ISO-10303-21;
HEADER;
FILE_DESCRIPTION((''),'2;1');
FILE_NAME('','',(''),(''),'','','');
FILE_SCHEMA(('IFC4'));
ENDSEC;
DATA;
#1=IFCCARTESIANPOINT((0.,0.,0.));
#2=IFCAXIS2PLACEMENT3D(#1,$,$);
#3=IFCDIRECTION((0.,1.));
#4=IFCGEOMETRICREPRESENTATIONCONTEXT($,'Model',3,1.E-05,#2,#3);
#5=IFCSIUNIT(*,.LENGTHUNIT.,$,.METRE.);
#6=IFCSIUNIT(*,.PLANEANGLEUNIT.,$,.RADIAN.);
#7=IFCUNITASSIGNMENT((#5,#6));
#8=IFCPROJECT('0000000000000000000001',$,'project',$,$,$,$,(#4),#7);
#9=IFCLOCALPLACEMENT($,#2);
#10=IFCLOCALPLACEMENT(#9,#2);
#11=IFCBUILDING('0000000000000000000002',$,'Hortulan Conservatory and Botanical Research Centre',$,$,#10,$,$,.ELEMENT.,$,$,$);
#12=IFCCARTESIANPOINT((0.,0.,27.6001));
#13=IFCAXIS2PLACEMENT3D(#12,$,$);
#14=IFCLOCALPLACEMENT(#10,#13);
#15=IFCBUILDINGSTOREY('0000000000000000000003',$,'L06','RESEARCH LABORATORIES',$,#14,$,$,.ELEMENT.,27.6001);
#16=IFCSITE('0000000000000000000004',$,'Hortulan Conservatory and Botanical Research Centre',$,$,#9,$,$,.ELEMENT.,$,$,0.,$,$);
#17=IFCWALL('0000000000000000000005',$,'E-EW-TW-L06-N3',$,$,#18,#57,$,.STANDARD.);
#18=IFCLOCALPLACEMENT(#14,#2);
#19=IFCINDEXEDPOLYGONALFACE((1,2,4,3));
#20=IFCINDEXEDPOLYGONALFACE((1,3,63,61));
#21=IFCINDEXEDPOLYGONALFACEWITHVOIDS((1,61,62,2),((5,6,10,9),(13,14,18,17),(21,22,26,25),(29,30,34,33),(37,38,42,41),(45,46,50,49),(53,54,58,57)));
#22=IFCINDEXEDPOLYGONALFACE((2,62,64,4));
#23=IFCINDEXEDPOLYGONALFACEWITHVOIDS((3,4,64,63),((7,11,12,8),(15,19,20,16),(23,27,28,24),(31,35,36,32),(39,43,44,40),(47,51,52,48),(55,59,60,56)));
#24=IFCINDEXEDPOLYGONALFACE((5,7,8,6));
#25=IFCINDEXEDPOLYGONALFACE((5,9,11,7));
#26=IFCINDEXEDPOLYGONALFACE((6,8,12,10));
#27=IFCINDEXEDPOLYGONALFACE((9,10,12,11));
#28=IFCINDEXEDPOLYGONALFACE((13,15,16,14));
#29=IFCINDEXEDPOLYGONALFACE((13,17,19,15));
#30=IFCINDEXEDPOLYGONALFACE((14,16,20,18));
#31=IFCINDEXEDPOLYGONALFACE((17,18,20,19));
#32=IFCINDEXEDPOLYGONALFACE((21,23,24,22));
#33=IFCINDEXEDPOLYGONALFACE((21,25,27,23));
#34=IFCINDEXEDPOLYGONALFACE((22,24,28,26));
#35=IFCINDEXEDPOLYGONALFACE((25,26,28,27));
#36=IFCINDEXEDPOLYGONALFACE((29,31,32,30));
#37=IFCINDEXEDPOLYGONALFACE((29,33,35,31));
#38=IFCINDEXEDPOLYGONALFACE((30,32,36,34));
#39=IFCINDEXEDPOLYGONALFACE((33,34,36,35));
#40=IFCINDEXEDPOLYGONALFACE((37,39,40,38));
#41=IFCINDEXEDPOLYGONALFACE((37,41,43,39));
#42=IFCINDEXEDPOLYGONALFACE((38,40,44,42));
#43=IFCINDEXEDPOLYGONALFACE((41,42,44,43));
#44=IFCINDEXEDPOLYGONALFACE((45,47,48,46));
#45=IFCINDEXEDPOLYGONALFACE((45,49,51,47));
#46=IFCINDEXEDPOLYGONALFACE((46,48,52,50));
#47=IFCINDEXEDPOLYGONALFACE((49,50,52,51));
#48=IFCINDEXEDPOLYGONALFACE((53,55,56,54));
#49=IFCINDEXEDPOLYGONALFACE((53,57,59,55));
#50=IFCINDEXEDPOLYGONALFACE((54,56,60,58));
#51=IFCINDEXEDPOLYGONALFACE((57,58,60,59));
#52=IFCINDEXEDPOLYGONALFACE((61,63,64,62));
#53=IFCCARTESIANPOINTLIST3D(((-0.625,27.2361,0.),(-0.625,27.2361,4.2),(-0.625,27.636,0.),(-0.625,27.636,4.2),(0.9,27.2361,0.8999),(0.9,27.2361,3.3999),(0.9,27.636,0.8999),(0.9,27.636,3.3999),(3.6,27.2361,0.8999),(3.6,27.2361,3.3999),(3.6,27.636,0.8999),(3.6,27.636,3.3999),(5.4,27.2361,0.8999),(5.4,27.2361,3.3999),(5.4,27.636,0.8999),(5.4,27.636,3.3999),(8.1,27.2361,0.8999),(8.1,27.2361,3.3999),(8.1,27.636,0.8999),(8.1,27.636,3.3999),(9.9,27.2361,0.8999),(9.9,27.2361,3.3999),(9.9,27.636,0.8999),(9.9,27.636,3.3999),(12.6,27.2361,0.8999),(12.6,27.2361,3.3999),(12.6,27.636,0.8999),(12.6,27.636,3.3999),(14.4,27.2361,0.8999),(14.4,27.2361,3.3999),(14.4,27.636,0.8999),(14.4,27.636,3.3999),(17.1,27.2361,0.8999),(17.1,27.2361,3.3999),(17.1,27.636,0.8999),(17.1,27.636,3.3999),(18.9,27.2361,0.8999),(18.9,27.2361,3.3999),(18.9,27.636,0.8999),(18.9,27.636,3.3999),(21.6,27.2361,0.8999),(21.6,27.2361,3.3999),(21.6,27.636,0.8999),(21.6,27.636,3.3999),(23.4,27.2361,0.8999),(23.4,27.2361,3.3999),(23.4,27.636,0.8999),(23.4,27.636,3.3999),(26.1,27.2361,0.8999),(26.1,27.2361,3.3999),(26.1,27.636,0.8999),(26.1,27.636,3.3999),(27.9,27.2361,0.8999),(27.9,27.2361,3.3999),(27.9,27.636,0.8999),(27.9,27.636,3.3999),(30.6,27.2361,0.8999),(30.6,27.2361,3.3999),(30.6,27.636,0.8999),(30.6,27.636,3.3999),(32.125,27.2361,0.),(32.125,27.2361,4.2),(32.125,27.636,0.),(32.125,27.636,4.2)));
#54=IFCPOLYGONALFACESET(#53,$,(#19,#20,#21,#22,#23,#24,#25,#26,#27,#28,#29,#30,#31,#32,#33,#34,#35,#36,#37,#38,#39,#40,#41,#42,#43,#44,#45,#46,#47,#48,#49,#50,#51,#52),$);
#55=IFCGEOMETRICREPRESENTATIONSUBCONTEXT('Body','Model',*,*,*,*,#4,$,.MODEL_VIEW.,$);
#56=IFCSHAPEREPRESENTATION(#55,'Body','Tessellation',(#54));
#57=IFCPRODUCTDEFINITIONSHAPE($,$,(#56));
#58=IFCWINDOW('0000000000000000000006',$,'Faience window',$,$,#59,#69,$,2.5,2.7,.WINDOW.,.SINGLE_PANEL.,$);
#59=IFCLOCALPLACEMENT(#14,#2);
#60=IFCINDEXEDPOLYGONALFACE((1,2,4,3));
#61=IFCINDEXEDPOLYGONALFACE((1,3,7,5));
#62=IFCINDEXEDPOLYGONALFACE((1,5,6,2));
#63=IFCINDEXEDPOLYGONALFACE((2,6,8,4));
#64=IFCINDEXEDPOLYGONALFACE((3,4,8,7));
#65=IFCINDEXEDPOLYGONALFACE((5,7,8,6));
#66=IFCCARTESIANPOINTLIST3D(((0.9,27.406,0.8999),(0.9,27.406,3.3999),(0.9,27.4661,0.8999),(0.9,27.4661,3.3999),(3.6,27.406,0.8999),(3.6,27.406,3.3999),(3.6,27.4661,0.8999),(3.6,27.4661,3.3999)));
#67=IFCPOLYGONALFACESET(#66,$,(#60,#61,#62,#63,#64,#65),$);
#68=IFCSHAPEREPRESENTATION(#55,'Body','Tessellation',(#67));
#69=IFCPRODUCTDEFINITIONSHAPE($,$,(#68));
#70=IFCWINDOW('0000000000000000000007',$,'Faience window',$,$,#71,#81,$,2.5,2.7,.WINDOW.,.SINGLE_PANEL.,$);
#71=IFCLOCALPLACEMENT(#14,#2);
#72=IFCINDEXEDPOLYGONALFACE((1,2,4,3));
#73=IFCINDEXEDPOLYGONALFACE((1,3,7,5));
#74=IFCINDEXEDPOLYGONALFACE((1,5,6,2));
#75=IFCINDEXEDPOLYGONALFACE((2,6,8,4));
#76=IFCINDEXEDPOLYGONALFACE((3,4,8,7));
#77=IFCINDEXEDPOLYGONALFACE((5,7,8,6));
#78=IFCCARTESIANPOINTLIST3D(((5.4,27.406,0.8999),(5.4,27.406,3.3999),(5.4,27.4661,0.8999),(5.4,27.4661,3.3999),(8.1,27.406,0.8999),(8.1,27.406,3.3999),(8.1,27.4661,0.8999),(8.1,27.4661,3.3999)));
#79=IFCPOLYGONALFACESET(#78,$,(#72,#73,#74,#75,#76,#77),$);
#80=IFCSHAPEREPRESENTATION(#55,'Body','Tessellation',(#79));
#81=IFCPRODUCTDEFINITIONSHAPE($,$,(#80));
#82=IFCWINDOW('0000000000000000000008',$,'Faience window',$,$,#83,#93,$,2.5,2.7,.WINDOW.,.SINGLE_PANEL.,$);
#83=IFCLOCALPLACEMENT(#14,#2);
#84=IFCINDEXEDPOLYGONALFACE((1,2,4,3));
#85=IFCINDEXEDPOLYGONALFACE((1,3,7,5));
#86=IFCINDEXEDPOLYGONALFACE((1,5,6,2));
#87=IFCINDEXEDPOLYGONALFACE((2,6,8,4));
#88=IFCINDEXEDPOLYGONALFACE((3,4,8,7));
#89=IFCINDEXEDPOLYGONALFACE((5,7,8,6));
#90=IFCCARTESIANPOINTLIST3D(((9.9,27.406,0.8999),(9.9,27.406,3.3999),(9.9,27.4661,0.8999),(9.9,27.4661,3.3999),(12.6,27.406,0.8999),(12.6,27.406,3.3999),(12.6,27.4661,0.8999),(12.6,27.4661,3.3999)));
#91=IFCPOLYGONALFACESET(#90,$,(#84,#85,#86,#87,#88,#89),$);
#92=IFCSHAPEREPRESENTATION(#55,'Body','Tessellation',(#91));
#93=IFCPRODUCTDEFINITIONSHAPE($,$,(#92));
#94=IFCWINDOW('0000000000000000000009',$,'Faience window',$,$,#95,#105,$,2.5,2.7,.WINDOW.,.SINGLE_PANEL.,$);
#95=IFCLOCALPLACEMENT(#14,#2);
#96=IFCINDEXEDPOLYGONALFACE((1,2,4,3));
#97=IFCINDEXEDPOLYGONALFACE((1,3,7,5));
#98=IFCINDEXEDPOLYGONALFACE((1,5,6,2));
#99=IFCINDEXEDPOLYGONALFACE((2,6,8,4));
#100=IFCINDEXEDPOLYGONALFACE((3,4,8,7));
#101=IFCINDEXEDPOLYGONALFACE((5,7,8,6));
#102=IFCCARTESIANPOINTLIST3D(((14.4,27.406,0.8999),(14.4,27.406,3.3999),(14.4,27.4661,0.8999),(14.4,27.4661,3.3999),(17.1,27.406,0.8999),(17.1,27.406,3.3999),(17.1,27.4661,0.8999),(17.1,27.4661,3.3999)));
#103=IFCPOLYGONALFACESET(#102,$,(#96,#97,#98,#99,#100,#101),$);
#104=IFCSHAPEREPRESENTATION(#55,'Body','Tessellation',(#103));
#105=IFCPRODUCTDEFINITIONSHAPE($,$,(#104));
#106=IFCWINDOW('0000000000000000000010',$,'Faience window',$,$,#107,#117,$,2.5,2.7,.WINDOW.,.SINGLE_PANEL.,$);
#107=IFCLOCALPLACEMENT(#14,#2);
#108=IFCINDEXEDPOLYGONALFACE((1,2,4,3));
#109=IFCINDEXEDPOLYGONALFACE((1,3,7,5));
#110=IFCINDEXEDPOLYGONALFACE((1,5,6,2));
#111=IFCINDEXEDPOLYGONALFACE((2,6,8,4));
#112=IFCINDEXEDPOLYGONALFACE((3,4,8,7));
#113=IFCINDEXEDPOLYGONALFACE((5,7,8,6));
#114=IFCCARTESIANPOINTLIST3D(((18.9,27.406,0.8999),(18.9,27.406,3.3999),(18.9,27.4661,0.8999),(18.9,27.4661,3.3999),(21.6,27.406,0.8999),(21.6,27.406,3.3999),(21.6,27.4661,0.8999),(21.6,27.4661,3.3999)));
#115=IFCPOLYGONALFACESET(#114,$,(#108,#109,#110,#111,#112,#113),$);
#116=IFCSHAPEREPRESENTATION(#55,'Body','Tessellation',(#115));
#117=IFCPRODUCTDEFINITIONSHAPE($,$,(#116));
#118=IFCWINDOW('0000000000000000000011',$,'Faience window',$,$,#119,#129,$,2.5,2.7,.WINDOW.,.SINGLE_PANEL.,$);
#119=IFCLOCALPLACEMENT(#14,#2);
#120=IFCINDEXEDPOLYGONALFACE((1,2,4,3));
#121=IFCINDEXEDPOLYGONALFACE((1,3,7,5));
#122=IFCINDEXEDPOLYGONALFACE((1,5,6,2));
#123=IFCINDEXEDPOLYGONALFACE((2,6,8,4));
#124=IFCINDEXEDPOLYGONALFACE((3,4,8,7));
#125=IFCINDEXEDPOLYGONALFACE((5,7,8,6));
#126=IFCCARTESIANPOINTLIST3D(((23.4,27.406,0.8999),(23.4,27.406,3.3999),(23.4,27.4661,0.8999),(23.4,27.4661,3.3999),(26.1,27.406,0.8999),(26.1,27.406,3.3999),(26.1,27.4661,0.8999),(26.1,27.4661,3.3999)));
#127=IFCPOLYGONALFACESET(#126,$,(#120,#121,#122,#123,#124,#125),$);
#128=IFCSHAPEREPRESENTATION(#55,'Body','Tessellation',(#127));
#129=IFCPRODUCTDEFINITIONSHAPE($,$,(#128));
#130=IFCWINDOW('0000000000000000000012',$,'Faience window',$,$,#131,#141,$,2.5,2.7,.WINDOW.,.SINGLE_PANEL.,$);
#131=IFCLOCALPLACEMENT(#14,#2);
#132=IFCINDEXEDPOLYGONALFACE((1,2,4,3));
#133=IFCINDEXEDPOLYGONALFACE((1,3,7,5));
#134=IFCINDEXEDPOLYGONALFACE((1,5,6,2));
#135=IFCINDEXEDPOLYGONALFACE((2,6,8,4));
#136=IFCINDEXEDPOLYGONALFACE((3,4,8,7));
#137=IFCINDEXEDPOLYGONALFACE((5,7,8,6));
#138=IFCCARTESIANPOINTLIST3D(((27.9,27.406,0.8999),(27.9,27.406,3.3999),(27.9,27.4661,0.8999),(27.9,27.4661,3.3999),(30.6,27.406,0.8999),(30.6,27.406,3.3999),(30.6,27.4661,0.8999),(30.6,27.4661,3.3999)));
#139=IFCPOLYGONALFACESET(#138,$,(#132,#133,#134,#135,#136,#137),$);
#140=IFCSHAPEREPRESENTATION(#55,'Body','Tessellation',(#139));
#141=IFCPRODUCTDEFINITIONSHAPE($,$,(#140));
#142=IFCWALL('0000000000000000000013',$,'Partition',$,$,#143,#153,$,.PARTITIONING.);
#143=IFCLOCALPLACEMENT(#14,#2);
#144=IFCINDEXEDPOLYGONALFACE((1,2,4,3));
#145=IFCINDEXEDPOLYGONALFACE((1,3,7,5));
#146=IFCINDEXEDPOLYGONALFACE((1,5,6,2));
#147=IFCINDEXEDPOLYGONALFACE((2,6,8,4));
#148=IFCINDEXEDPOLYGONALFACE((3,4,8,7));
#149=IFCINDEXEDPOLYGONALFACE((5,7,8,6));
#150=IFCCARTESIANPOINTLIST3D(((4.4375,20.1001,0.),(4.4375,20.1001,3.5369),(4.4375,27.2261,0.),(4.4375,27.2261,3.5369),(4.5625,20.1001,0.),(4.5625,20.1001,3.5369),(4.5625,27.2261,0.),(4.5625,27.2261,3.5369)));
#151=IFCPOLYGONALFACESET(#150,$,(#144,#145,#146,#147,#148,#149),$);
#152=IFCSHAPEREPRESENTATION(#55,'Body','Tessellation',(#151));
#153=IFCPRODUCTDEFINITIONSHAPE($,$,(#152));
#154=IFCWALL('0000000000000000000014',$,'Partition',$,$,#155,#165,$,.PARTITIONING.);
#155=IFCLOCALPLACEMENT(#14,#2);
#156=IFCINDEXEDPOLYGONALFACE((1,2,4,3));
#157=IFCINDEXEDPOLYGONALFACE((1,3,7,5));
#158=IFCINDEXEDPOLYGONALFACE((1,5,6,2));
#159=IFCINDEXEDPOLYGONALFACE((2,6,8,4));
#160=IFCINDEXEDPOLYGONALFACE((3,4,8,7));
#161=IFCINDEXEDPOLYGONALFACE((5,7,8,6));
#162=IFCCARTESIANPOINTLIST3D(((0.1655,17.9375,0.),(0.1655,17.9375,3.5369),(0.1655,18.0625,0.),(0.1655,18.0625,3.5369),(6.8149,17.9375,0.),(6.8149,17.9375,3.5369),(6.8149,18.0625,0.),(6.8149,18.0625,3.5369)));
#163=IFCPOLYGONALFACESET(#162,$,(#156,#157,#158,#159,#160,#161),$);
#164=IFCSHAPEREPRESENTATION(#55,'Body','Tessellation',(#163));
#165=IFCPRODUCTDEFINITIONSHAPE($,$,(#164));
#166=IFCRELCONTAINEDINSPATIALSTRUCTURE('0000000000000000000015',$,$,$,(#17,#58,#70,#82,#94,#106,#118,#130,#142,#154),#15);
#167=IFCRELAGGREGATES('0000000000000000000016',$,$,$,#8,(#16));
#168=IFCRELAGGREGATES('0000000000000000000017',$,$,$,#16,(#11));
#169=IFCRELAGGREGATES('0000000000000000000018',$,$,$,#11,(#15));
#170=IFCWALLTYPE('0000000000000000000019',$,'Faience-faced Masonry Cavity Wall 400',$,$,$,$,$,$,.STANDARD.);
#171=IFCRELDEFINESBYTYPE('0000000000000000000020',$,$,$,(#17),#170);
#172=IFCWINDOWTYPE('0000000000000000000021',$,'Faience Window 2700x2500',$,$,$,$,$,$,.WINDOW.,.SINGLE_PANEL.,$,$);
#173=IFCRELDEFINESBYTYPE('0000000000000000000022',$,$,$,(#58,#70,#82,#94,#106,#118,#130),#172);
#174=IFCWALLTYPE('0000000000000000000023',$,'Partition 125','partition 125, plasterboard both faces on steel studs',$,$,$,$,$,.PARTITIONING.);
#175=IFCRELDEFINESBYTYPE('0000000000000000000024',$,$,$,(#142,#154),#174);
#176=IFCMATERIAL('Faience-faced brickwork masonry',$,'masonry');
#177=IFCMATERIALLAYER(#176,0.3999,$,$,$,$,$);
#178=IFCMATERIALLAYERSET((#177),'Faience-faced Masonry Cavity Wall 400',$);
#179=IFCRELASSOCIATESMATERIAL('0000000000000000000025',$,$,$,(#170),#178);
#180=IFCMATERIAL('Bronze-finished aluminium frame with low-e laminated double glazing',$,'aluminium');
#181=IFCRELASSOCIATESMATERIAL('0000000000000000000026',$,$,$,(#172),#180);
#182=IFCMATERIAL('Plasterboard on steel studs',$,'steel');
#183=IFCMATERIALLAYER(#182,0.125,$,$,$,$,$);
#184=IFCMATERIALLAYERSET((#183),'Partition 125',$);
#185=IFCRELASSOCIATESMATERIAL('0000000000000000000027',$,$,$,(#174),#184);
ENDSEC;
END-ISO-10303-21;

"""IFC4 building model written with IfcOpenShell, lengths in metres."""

from ifc_helpers import new_model, si_unit, direction, frame, frame_2d, origin, place, context, subcontext, project, spatial, rectangle, extrude, material, layer, layer_set, type_object, element, fill, save


model = new_model("IFC4")

# Units and contexts
model_context = context("Model", 3, precision=1e-05, world=origin(), true_north=direction((0.0, 1.0)))
body_context = subcontext(model_context, "Body", "Model", "MODEL_VIEW")
ifc_project = project(units=[si_unit("LENGTHUNIT", "METRE"), si_unit("PLANEANGLEUNIT", "RADIAN")], contexts=[model_context])

# Site, building, storey
site_placement = place(None, origin())
site = spatial("IfcSite", under=ifc_project, at=site_placement, Name="Hortulan Conservatory and Botanical Research Centre", CompositionType="ELEMENT", RefElevation=0.0)
building_placement = place(site_placement, origin())
building = spatial("IfcBuilding", under=site, at=building_placement, Name="Hortulan Conservatory and Botanical Research Centre", CompositionType="ELEMENT")
storey_placement = place(building_placement, frame((0.0, 0.0, 27.6001)))
storey = spatial("IfcBuildingStorey", under=building, at=storey_placement, Name="L06", Description="RESEARCH LABORATORIES", CompositionType="ELEMENT", Elevation=27.6001)

# Shared definitions
ifc_material_1 = material(Name="Plasterboard on steel studs", Category="steel")

# Wall, openings, windows
ifc_material_2 = material(Name="Faience-faced brickwork masonry", Category="masonry")
ifc_layer_1 = layer(ifc_material_2, 0.3999)
ifc_layer_set_1 = layer_set([ifc_layer_1], Name="Faience-faced Masonry Cavity Wall 400")
wall_type_1 = type_object("IfcWallType", Name="Faience-faced Masonry Cavity Wall 400", PredefinedType="STANDARD", material=ifc_layer_set_1)
wall_1_placement = place(storey_placement, frame((-0.625, 27.436, 0.0), z_axis=(0.0, 0.0, 1.0), x_axis=(1.0, 0.0, 0.0)))
wall_1 = element("IfcWall", 1, at=wall_1_placement, inside=storey, type_object=wall_type_1, Name="E-EW-TW-L06-N3", PredefinedType="STANDARD", context=body_context, shape_type="SweptSolid", body=[
    extrude(rectangle(XDim=32.75, YDim=0.3999, at=frame_2d((16.375, 0.0))), origin(), (0.0, 0.0, 1.0), 4.2),
])
opening_1_placement = place(wall_1_placement, frame((1.5249, 0.0, 0.8999)))
opening_1 = element("IfcOpeningElement", 2, at=opening_1_placement, cuts=wall_1, PredefinedType="OPENING", context=body_context, shape_type="SweptSolid", body=[
    extrude(rectangle(XDim=2.7, YDim=2.5, at=frame_2d((1.3501, 1.25))), frame((0.0, 0.21, 0.0), z_axis=(0.0, -1.0, 0.0), x_axis=(1.0, 0.0, 0.0)), (0.0, 0.0, 1.0), 0.4199),
])
opening_2_placement = place(wall_1_placement, frame((6.0249, 0.0, 0.8999)))
opening_2 = element("IfcOpeningElement", 3, at=opening_2_placement, cuts=wall_1, PredefinedType="OPENING", context=body_context, shape_type="SweptSolid", body=[
    extrude(rectangle(XDim=2.7, YDim=2.5, at=frame_2d((1.3501, 1.25))), frame((0.0, 0.21, 0.0), z_axis=(0.0, -1.0, 0.0), x_axis=(1.0, 0.0, 0.0)), (0.0, 0.0, 1.0), 0.4199),
])
opening_3_placement = place(wall_1_placement, frame((10.5249, 0.0, 0.8999)))
opening_3 = element("IfcOpeningElement", 4, at=opening_3_placement, cuts=wall_1, PredefinedType="OPENING", context=body_context, shape_type="SweptSolid", body=[
    extrude(rectangle(XDim=2.7, YDim=2.5, at=frame_2d((1.3501, 1.25))), frame((0.0, 0.21, 0.0), z_axis=(0.0, -1.0, 0.0), x_axis=(1.0, 0.0, 0.0)), (0.0, 0.0, 1.0), 0.4199),
])
opening_4_placement = place(wall_1_placement, frame((15.0249, 0.0, 0.8999)))
opening_4 = element("IfcOpeningElement", 5, at=opening_4_placement, cuts=wall_1, PredefinedType="OPENING", context=body_context, shape_type="SweptSolid", body=[
    extrude(rectangle(XDim=2.7, YDim=2.5, at=frame_2d((1.3501, 1.25))), frame((0.0, 0.21, 0.0), z_axis=(0.0, -1.0, 0.0), x_axis=(1.0, 0.0, 0.0)), (0.0, 0.0, 1.0), 0.4199),
])
opening_5_placement = place(wall_1_placement, frame((19.5249, 0.0, 0.8999)))
opening_5 = element("IfcOpeningElement", 6, at=opening_5_placement, cuts=wall_1, PredefinedType="OPENING", context=body_context, shape_type="SweptSolid", body=[
    extrude(rectangle(XDim=2.7, YDim=2.5, at=frame_2d((1.3501, 1.25))), frame((0.0, 0.21, 0.0), z_axis=(0.0, -1.0, 0.0), x_axis=(1.0, 0.0, 0.0)), (0.0, 0.0, 1.0), 0.4199),
])
opening_6_placement = place(wall_1_placement, frame((24.0249, 0.0, 0.8999)))
opening_6 = element("IfcOpeningElement", 7, at=opening_6_placement, cuts=wall_1, PredefinedType="OPENING", context=body_context, shape_type="SweptSolid", body=[
    extrude(rectangle(XDim=2.7, YDim=2.5, at=frame_2d((1.3501, 1.25))), frame((0.0, 0.21, 0.0), z_axis=(0.0, -1.0, 0.0), x_axis=(1.0, 0.0, 0.0)), (0.0, 0.0, 1.0), 0.4199),
])
opening_7_placement = place(wall_1_placement, frame((28.5249, 0.0, 0.8999)))
opening_7 = element("IfcOpeningElement", 8, at=opening_7_placement, cuts=wall_1, PredefinedType="OPENING", context=body_context, shape_type="SweptSolid", body=[
    extrude(rectangle(XDim=2.7, YDim=2.5, at=frame_2d((1.3501, 1.25))), frame((0.0, 0.21, 0.0), z_axis=(0.0, -1.0, 0.0), x_axis=(1.0, 0.0, 0.0)), (0.0, 0.0, 1.0), 0.4199),
])
ifc_material_3 = material(Name="Bronze-finished aluminium frame with low-e laminated double glazing", Category="aluminium")
window_type = type_object("IfcWindowType", Name="Faience Window 2700x2500", PartitioningType="SINGLE_PANEL", PredefinedType="WINDOW", material=ifc_material_3)
window_1_placement = place(opening_1_placement, origin())
window_1 = element("IfcWindow", 9, at=window_1_placement, inside=storey, type_object=window_type, Name="Faience window", OverallHeight=2.5, OverallWidth=2.7, PartitioningType="SINGLE_PANEL", PredefinedType="WINDOW", context=body_context, shape_type="SweptSolid", body=[
    extrude(rectangle(XDim=2.7, YDim=2.5, at=frame_2d((1.3501, 1.25))), frame((0.0, 0.03, 0.0), z_axis=(0.0, -1.0, 0.0), x_axis=(1.0, 0.0, 0.0)), (0.0, 0.0, 1.0), 0.0601),
])
fill(opening_1, window_1)
window_2_placement = place(opening_2_placement, origin())
window_2 = element("IfcWindow", 10, at=window_2_placement, inside=storey, type_object=window_type, Name="Faience window", OverallHeight=2.5, OverallWidth=2.7, PartitioningType="SINGLE_PANEL", PredefinedType="WINDOW", context=body_context, shape_type="SweptSolid", body=[
    extrude(rectangle(XDim=2.7, YDim=2.5, at=frame_2d((1.3501, 1.25))), frame((0.0, 0.03, 0.0), z_axis=(0.0, -1.0, 0.0), x_axis=(1.0, 0.0, 0.0)), (0.0, 0.0, 1.0), 0.0601),
])
fill(opening_2, window_2)
window_3_placement = place(opening_3_placement, origin())
window_3 = element("IfcWindow", 11, at=window_3_placement, inside=storey, type_object=window_type, Name="Faience window", OverallHeight=2.5, OverallWidth=2.7, PartitioningType="SINGLE_PANEL", PredefinedType="WINDOW", context=body_context, shape_type="SweptSolid", body=[
    extrude(rectangle(XDim=2.7, YDim=2.5, at=frame_2d((1.3501, 1.25))), frame((0.0, 0.03, 0.0), z_axis=(0.0, -1.0, 0.0), x_axis=(1.0, 0.0, 0.0)), (0.0, 0.0, 1.0), 0.0601),
])
fill(opening_3, window_3)
window_4_placement = place(opening_4_placement, origin())
window_4 = element("IfcWindow", 12, at=window_4_placement, inside=storey, type_object=window_type, Name="Faience window", OverallHeight=2.5, OverallWidth=2.7, PartitioningType="SINGLE_PANEL", PredefinedType="WINDOW", context=body_context, shape_type="SweptSolid", body=[
    extrude(rectangle(XDim=2.7, YDim=2.5, at=frame_2d((1.3501, 1.25))), frame((0.0, 0.03, 0.0), z_axis=(0.0, -1.0, 0.0), x_axis=(1.0, 0.0, 0.0)), (0.0, 0.0, 1.0), 0.0601),
])
fill(opening_4, window_4)
window_5_placement = place(opening_5_placement, origin())
window_5 = element("IfcWindow", 13, at=window_5_placement, inside=storey, type_object=window_type, Name="Faience window", OverallHeight=2.5, OverallWidth=2.7, PartitioningType="SINGLE_PANEL", PredefinedType="WINDOW", context=body_context, shape_type="SweptSolid", body=[
    extrude(rectangle(XDim=2.7, YDim=2.5, at=frame_2d((1.3501, 1.25))), frame((0.0, 0.03, 0.0), z_axis=(0.0, -1.0, 0.0), x_axis=(1.0, 0.0, 0.0)), (0.0, 0.0, 1.0), 0.0601),
])
fill(opening_5, window_5)
window_6_placement = place(opening_6_placement, origin())
window_6 = element("IfcWindow", 14, at=window_6_placement, inside=storey, type_object=window_type, Name="Faience window", OverallHeight=2.5, OverallWidth=2.7, PartitioningType="SINGLE_PANEL", PredefinedType="WINDOW", context=body_context, shape_type="SweptSolid", body=[
    extrude(rectangle(XDim=2.7, YDim=2.5, at=frame_2d((1.3501, 1.25))), frame((0.0, 0.03, 0.0), z_axis=(0.0, -1.0, 0.0), x_axis=(1.0, 0.0, 0.0)), (0.0, 0.0, 1.0), 0.0601),
])
fill(opening_6, window_6)
window_7_placement = place(opening_7_placement, origin())
window_7 = element("IfcWindow", 15, at=window_7_placement, inside=storey, type_object=window_type, Name="Faience window", OverallHeight=2.5, OverallWidth=2.7, PartitioningType="SINGLE_PANEL", PredefinedType="WINDOW", context=body_context, shape_type="SweptSolid", body=[
    extrude(rectangle(XDim=2.7, YDim=2.5, at=frame_2d((1.3501, 1.25))), frame((0.0, 0.03, 0.0), z_axis=(0.0, -1.0, 0.0), x_axis=(1.0, 0.0, 0.0)), (0.0, 0.0, 1.0), 0.0601),
])
fill(opening_7, window_7)

# Walls
ifc_layer_2 = layer(ifc_material_1, 0.125)
ifc_layer_set_2 = layer_set([ifc_layer_2], Name="Partition 125")
wall_type_2 = type_object("IfcWallType", Name="Partition 125", Description="partition 125, plasterboard both faces on steel studs", PredefinedType="PARTITIONING", material=ifc_layer_set_2)
wall_2_placement = place(storey_placement, frame((4.5, 20.1001, 0.0), z_axis=(0.0, 0.0, 1.0), x_axis=(0.0, 1.0, 0.0)))
element("IfcWall", 16, at=wall_2_placement, inside=storey, type_object=wall_type_2, Name="Partition", PredefinedType="PARTITIONING", context=body_context, shape_type="SweptSolid", body=[
    extrude(rectangle(XDim=7.126, YDim=0.125, at=frame_2d((3.563, 0.0))), origin(), (0.0, 0.0, 1.0), 3.5369),
])
wall_3_placement = place(storey_placement, frame((0.1655, 18.0, 0.0), z_axis=(0.0, 0.0, 1.0), x_axis=(1.0, 0.0, 0.0)))
element("IfcWall", 17, at=wall_3_placement, inside=storey, type_object=wall_type_2, Name="Partition", PredefinedType="PARTITIONING", context=body_context, shape_type="SweptSolid", body=[
    extrude(rectangle(XDim=6.6494, YDim=0.125, at=frame_2d((3.3247, 0.0))), origin(), (0.0, 0.0, 1.0), 3.5369),
])

save(model, "model.ifc")
